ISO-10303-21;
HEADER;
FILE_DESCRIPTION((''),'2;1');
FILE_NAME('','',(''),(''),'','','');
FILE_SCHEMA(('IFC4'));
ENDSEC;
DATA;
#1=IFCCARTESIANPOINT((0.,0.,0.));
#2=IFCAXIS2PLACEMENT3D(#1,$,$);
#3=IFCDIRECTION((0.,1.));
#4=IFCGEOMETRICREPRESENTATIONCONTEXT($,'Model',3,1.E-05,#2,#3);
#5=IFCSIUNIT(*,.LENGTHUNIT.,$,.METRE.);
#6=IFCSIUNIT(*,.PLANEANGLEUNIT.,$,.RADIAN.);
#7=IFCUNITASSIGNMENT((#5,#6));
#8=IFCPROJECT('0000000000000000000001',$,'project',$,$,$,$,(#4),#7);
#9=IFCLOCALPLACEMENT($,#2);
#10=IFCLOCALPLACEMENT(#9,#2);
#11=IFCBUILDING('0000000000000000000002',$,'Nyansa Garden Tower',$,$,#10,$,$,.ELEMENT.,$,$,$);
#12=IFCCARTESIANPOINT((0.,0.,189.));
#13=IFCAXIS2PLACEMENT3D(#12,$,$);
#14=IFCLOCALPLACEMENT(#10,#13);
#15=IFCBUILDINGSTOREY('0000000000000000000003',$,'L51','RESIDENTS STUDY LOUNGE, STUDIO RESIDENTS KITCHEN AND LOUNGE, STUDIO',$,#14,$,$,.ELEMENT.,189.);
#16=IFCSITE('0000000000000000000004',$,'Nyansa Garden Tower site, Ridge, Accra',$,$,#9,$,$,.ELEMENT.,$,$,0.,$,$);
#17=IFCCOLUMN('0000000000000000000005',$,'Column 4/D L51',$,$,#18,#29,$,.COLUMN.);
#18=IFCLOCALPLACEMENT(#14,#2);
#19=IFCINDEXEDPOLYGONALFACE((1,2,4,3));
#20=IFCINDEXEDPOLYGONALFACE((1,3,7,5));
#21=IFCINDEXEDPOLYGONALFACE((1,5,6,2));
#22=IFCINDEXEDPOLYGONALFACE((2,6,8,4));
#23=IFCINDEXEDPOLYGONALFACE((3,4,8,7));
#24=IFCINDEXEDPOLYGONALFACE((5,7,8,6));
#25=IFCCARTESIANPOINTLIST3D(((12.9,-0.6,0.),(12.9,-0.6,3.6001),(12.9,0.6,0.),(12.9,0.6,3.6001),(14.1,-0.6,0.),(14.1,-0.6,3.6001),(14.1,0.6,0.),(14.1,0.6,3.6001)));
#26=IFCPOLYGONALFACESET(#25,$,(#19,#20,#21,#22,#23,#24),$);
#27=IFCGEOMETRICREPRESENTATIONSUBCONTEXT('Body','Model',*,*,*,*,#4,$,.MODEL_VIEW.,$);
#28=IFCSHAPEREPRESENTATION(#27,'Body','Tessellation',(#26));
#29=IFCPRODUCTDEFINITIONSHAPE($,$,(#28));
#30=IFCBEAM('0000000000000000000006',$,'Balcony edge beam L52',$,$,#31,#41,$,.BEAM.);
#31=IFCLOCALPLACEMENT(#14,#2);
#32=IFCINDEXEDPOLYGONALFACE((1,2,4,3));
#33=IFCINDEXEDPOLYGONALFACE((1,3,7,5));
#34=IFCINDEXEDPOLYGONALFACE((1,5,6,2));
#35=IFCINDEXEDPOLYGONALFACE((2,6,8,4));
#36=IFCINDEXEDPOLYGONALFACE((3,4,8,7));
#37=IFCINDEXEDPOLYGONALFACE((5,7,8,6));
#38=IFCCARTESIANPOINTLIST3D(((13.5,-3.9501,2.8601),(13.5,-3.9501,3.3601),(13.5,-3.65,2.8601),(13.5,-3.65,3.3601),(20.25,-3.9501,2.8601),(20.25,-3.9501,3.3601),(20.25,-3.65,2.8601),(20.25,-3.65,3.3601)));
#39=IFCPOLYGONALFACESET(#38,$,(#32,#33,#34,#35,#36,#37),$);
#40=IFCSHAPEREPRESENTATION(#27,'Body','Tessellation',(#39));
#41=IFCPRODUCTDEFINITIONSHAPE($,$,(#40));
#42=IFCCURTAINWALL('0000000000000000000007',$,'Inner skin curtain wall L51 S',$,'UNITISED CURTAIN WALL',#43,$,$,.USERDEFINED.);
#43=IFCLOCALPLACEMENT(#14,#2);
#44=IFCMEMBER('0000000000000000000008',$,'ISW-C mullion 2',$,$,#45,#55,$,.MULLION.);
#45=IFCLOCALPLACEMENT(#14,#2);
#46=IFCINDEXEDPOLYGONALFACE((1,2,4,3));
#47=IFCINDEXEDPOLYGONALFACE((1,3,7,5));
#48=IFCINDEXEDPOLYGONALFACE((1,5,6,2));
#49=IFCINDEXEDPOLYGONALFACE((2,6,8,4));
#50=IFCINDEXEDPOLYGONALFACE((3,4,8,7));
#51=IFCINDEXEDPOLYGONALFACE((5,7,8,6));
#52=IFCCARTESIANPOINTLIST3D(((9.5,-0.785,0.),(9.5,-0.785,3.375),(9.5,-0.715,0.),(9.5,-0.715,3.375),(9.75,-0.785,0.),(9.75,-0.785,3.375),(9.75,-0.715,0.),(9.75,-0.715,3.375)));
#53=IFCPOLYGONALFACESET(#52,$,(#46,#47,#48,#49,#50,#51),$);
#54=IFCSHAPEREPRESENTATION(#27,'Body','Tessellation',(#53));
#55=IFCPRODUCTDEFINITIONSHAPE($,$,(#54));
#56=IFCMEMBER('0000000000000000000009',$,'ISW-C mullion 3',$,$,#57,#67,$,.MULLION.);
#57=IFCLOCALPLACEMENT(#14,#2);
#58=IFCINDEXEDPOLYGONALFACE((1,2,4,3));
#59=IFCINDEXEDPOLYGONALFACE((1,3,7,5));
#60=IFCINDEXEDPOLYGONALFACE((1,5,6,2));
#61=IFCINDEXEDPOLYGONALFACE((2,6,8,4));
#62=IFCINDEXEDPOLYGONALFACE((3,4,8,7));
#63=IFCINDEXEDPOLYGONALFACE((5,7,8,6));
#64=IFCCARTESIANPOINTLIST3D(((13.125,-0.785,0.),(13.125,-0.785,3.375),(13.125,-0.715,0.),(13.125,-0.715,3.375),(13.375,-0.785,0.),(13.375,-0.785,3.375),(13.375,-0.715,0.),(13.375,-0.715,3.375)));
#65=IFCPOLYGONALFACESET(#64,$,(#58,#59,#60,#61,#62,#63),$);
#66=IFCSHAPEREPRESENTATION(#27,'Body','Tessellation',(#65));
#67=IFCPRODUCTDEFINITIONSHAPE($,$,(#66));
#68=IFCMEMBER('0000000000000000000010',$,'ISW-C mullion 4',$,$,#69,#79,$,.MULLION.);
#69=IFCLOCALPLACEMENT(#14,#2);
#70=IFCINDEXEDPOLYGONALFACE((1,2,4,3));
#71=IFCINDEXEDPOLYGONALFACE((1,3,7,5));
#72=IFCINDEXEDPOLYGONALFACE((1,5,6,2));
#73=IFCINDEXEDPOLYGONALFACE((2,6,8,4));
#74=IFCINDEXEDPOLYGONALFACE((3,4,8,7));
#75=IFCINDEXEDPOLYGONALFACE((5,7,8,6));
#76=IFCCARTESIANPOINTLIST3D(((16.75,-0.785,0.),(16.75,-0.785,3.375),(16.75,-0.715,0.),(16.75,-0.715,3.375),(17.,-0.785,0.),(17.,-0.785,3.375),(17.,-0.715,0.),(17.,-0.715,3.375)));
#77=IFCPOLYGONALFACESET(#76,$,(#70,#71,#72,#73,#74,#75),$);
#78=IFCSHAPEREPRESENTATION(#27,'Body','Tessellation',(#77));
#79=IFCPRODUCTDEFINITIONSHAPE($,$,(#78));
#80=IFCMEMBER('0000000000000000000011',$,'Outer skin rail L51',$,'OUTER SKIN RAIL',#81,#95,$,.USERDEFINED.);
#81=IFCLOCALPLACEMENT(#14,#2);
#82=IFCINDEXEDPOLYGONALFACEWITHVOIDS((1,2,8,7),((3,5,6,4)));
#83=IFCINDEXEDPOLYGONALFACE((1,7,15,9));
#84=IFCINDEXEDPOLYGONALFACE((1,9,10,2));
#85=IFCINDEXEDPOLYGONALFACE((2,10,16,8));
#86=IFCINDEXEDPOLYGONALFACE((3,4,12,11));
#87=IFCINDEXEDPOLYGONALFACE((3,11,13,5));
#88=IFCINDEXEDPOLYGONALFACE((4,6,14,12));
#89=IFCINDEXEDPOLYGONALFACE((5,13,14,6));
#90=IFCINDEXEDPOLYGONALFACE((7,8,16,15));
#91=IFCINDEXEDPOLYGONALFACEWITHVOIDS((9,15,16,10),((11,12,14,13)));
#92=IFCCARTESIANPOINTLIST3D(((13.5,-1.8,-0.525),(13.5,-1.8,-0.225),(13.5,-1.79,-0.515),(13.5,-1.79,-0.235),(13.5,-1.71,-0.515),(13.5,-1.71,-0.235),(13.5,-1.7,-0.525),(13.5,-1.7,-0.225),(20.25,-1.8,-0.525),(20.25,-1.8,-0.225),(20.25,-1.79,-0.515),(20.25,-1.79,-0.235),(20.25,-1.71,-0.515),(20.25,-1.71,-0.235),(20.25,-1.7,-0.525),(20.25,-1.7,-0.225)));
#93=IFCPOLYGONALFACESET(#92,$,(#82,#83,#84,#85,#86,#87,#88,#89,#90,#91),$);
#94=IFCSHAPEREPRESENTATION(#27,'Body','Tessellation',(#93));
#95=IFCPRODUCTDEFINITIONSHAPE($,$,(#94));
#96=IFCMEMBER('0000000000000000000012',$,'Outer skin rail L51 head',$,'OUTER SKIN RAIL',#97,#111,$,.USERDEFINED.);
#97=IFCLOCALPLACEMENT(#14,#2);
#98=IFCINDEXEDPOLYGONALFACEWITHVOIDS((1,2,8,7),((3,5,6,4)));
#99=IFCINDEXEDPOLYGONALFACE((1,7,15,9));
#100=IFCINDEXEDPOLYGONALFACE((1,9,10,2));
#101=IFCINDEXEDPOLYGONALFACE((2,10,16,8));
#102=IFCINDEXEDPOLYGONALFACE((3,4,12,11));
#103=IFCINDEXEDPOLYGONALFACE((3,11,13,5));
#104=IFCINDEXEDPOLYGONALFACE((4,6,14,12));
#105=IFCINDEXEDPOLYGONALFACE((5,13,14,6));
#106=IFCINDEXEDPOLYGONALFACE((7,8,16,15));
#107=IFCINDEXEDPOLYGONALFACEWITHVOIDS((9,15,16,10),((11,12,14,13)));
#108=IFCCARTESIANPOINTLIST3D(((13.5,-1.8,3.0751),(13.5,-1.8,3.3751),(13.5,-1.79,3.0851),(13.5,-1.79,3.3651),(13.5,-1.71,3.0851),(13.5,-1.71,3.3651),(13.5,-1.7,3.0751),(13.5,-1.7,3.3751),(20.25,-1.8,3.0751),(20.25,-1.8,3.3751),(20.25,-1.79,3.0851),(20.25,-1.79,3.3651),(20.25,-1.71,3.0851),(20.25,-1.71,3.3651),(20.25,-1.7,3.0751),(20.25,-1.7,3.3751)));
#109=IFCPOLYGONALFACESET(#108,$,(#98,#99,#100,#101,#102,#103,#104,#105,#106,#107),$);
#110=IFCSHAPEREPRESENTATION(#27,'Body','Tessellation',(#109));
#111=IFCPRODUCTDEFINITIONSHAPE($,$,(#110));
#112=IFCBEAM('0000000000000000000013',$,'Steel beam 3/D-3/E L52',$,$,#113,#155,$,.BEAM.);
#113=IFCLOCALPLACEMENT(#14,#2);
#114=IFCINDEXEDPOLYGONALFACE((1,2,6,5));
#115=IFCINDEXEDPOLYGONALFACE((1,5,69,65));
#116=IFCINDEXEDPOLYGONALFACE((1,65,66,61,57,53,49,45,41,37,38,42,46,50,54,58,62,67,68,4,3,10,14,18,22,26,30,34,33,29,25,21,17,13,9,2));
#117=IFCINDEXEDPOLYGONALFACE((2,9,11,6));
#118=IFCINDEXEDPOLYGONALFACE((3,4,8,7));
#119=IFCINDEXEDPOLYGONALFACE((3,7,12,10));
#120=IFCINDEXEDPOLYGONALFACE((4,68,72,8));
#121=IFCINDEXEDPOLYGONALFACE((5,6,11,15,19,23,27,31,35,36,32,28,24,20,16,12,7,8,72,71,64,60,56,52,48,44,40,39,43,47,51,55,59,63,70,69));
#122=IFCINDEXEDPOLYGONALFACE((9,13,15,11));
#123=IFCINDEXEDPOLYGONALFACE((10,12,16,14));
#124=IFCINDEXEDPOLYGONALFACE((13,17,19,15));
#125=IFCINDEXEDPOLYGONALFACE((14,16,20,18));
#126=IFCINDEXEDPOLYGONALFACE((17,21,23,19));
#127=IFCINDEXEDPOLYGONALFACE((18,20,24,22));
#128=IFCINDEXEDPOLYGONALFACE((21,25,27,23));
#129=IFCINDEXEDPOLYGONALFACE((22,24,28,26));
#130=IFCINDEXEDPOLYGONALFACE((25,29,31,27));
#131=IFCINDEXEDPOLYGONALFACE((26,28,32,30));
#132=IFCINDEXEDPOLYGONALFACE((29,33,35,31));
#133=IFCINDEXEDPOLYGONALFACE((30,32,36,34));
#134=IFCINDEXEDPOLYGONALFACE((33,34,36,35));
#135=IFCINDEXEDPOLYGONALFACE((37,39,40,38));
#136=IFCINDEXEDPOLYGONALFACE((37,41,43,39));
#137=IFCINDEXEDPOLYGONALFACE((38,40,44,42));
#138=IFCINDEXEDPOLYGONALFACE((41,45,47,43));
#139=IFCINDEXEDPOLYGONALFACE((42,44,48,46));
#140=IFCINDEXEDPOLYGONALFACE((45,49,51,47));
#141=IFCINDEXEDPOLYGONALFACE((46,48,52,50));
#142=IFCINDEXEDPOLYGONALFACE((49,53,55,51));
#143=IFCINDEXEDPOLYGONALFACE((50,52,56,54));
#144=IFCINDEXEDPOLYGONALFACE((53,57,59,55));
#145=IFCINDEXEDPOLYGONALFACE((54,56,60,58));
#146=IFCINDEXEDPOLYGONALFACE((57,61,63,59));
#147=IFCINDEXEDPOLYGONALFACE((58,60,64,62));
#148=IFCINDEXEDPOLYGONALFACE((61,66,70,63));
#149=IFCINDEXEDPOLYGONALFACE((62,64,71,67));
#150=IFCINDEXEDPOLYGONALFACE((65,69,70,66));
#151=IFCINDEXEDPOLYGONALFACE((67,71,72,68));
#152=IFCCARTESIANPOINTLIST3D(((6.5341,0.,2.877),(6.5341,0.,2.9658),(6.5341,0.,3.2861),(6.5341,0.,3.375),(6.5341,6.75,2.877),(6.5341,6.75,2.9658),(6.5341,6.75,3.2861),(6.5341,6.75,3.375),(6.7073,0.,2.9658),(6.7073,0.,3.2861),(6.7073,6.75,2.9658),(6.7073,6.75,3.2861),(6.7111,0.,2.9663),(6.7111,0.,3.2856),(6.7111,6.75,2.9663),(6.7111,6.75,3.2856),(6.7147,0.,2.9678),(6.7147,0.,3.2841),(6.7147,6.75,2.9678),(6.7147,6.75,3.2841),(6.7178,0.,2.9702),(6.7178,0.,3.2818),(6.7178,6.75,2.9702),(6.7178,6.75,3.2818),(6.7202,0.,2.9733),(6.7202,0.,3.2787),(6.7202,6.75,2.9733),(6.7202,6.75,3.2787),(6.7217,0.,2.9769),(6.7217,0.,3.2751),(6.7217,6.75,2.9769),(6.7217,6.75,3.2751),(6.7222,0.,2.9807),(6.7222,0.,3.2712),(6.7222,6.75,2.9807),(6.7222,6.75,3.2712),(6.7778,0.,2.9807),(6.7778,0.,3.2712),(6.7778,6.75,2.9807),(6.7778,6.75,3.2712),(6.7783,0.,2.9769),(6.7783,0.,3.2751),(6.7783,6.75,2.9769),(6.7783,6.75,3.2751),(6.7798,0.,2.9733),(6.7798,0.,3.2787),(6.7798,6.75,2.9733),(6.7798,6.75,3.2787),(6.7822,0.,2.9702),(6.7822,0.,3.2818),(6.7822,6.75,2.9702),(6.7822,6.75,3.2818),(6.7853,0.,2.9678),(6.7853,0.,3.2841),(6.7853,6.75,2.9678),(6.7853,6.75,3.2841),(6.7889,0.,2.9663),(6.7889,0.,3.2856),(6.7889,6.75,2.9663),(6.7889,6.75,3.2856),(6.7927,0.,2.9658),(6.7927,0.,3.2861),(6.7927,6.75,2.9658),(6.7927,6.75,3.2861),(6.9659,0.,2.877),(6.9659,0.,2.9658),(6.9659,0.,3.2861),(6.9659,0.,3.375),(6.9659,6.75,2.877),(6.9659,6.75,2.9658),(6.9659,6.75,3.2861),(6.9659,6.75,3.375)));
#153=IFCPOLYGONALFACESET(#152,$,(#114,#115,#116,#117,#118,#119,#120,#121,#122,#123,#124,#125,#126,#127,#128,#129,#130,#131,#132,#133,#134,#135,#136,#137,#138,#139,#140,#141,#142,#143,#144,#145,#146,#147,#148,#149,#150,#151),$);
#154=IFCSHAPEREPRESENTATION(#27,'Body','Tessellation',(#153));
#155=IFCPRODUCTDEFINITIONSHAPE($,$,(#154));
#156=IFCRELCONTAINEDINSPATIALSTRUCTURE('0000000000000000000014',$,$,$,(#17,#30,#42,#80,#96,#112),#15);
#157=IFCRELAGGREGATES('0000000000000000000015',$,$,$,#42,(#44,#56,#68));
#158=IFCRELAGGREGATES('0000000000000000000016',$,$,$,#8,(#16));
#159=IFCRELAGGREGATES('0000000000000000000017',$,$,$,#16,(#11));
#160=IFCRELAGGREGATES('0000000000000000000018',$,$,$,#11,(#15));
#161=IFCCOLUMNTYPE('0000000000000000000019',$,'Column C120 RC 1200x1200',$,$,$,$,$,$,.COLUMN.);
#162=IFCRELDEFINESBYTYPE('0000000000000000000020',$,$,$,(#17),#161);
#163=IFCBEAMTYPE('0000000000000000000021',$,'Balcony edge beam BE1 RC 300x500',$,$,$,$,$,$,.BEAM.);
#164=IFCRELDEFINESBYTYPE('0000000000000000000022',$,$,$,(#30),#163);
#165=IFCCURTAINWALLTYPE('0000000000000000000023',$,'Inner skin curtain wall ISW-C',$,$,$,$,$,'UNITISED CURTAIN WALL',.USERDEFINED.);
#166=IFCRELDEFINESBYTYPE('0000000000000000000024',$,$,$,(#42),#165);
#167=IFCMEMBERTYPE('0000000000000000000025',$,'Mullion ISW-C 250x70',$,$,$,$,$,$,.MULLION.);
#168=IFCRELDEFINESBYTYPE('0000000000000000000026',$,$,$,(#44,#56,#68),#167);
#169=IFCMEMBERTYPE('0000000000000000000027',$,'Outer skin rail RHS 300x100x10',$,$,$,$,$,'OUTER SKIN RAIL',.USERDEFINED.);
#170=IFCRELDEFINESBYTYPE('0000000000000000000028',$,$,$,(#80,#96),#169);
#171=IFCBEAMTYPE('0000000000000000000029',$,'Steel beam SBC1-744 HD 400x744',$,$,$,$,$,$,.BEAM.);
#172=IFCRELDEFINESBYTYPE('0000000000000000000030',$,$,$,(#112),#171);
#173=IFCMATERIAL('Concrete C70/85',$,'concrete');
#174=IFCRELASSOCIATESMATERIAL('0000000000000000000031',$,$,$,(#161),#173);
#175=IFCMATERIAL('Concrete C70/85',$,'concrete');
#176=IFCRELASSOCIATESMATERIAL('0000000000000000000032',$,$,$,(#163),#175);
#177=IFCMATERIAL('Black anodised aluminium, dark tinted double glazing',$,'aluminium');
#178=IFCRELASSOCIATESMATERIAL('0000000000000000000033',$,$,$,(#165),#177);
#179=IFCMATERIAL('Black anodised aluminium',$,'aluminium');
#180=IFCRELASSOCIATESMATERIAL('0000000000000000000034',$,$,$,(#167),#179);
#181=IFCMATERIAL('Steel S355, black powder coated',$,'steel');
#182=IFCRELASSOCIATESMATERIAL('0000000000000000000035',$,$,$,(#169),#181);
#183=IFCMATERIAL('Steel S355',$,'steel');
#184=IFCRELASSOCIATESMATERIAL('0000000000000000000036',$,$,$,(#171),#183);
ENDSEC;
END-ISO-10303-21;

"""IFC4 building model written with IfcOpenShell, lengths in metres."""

from ifc_helpers import new_model, si_unit, direction, frame, origin, origin_2d, place, context, subcontext, project, spatial, rectangle, hollow_rectangle, i_section, extrude, material, material_profile, profile_set, type_object, element, aggregate, save


model = new_model("IFC4")

# Units and contexts
model_context = context("Model", 3, precision=1e-05, world=origin(), true_north=direction((0.0, 1.0)))
body_context = subcontext(model_context, "Body", "Model", "MODEL_VIEW")
ifc_project = project(units=[si_unit("LENGTHUNIT", "METRE"), si_unit("PLANEANGLEUNIT", "RADIAN")], contexts=[model_context])

# Site, building, storey
site_placement = place(None, origin())
site = spatial("IfcSite", under=ifc_project, at=site_placement, Name="Nyansa Garden Tower site, Ridge, Accra", CompositionType="ELEMENT", RefElevation=0.0)
building_placement = place(site_placement, origin())
building = spatial("IfcBuilding", under=site, at=building_placement, Name="Nyansa Garden Tower", CompositionType="ELEMENT")
storey_placement = place(building_placement, frame((0.0, 0.0, 189.0)))
storey = spatial("IfcBuildingStorey", under=building, at=storey_placement, Name="L51", Description="RESIDENTS STUDY LOUNGE, STUDIO RESIDENTS KITCHEN AND LOUNGE, STUDIO", CompositionType="ELEMENT", Elevation=189.0)

# Column
ifc_material_1 = material(Name="Concrete C70/85", Category="concrete")
ifc_material_profile_1 = material_profile(ifc_material_1, rectangle(XDim=1.2, YDim=1.2, at=origin_2d()), Name="RC 1200x1200")
ifc_profile_set_1 = profile_set([ifc_material_profile_1], Name="Concrete C70/85")
column_type = type_object("IfcColumnType", Name="Column C120 RC 1200x1200", PredefinedType="COLUMN", material=ifc_profile_set_1)
column_placement = place(storey_placement, frame((13.5, 0.0, 0.0), z_axis=(0.0, 0.0, 1.0), x_axis=(1.0, 0.0, 0.0)))
element("IfcColumn", 1, at=column_placement, inside=storey, type_object=column_type, Name="Column 4/D L51", PredefinedType="COLUMN", context=body_context, shape_type="SweptSolid", body=[
    extrude(rectangle(XDim=1.2, YDim=1.2, at=origin_2d()), origin(), (0.0, 0.0, 1.0), 3.6001),
])

# Beam
ifc_material_2 = material(Name="Concrete C70/85", Category="concrete")
ifc_material_profile_2 = material_profile(ifc_material_2, rectangle(XDim=0.3, YDim=0.5, at=origin_2d()), Name="RC 300x500")
ifc_profile_set_2 = profile_set([ifc_material_profile_2], Name="Concrete C70/85")
beam_type_1 = type_object("IfcBeamType", Name="Balcony edge beam BE1 RC 300x500", PredefinedType="BEAM", material=ifc_profile_set_2)
beam_placement = place(storey_placement, frame((13.5, -3.8, 3.1101), z_axis=(1.0, 0.0, 0.0), x_axis=(0.0, 1.0, 0.0)))
element("IfcBeam", 2, at=beam_placement, inside=storey, type_object=beam_type_1, Name="Balcony edge beam L52", PredefinedType="BEAM", context=body_context, shape_type="SweptSolid", body=[
    extrude(rectangle(XDim=0.3, YDim=0.5, at=origin_2d()), origin(), (0.0, 0.0, 1.0), 6.75),
])

# Curtain wall, members
ifc_material_3 = material(Name="Black anodised aluminium, dark tinted double glazing", Category="aluminium")
curtain_wall_type = type_object("IfcCurtainWallType", Name="Inner skin curtain wall ISW-C", ElementType="UNITISED CURTAIN WALL", PredefinedType="USERDEFINED", material=ifc_material_3)
curtain_wall_placement = place(storey_placement, origin())
curtain_wall = element("IfcCurtainWall", 3, at=curtain_wall_placement, inside=storey, type_object=curtain_wall_type, Name="Inner skin curtain wall L51 S", ObjectType="UNITISED CURTAIN WALL", PredefinedType="USERDEFINED")
ifc_material_4 = material(Name="Black anodised aluminium", Category="aluminium")
ifc_material_profile_3 = material_profile(ifc_material_4, rectangle(XDim=0.0701, YDim=0.25, at=origin_2d()), Name="Mullion 250x70")
ifc_profile_set_3 = profile_set([ifc_material_profile_3], Name="Black anodised aluminium")
member_type_1 = type_object("IfcMemberType", Name="Mullion ISW-C 250x70", PredefinedType="MULLION", material=ifc_profile_set_3)
member_1_placement = place(storey_placement, frame((9.625, -0.75, 0.0), z_axis=(0.0, 0.0, 1.0), x_axis=(0.0, 1.0, 0.0)))
member_1 = element("IfcMember", 4, at=member_1_placement, type_object=member_type_1, Name="ISW-C mullion 2", PredefinedType="MULLION", context=body_context, shape_type="SweptSolid", body=[
    extrude(rectangle(XDim=0.0701, YDim=0.25, at=origin_2d()), origin(), (0.0, 0.0, 1.0), 3.375),
])
member_2_placement = place(storey_placement, frame((13.25, -0.75, 0.0), z_axis=(0.0, 0.0, 1.0), x_axis=(0.0, 1.0, 0.0)))
member_2 = element("IfcMember", 5, at=member_2_placement, type_object=member_type_1, Name="ISW-C mullion 3", PredefinedType="MULLION", context=body_context, shape_type="SweptSolid", body=[
    extrude(rectangle(XDim=0.0701, YDim=0.25, at=origin_2d()), origin(), (0.0, 0.0, 1.0), 3.375),
])
member_3_placement = place(storey_placement, frame((16.875, -0.75, 0.0), z_axis=(0.0, 0.0, 1.0), x_axis=(0.0, 1.0, 0.0)))
member_3 = element("IfcMember", 6, at=member_3_placement, type_object=member_type_1, Name="ISW-C mullion 4", PredefinedType="MULLION", context=body_context, shape_type="SweptSolid", body=[
    extrude(rectangle(XDim=0.0701, YDim=0.25, at=origin_2d()), origin(), (0.0, 0.0, 1.0), 3.375),
])

# Members
ifc_material_5 = material(Name="Steel S355, black powder coated", Category="steel")
ifc_material_profile_4 = material_profile(ifc_material_5, hollow_rectangle(XDim=0.1001, YDim=0.3, WallThickness=0.01, at=origin_2d()), Name="RHS 300x100x10")
ifc_profile_set_4 = profile_set([ifc_material_profile_4], Name="Steel S355, black powder coated")
member_type_2 = type_object("IfcMemberType", Name="Outer skin rail RHS 300x100x10", ElementType="OUTER SKIN RAIL", PredefinedType="USERDEFINED", material=ifc_profile_set_4)
for number, where, z_axis, x_axis, name in (
    (7, (13.5, -1.75, -0.375), (1.0, 0.0, 0.0), (0.0, 1.0, 0.0), "Outer skin rail L51"),
    (8, (13.5, -1.75, 3.2251), (1.0, 0.0, 0.0), (0.0, 1.0, 0.0), "Outer skin rail L51 head"),
):
    element("IfcMember", number, at=place(storey_placement, frame(where, z_axis=z_axis, x_axis=x_axis)), inside=storey, type_object=member_type_2, Name=name, ObjectType="OUTER SKIN RAIL", PredefinedType="USERDEFINED", context=body_context, shape_type="SweptSolid", body=[
        extrude(hollow_rectangle(XDim=0.1001, YDim=0.3, WallThickness=0.01, at=origin_2d()), origin(), (0.0, 0.0, 1.0), 6.75),
    ])

# Beam
ifc_material_6 = material(Name="Steel S355", Category="steel")
ifc_material_profile_5 = material_profile(ifc_material_6, i_section(OverallWidth=0.4319, OverallDepth=0.498, WebThickness=0.0557, FlangeThickness=0.0889, FilletRadius=0.0149, at=origin_2d()), Name="HD 400x744")
ifc_profile_set_5 = profile_set([ifc_material_profile_5], Name="Steel S355")
beam_type_2 = type_object("IfcBeamType", Name="Steel beam SBC1-744 HD 400x744", PredefinedType="BEAM", material=ifc_profile_set_5)
for number, where, z_axis, x_axis, name in (
    (9, (6.75, 0.0, 3.126), (0.0, 1.0, 0.0), (-1.0, 0.0, 0.0), "Steel beam 3/D-3/E L52"),
):
    element("IfcBeam", number, at=place(storey_placement, frame(where, z_axis=z_axis, x_axis=x_axis)), inside=storey, type_object=beam_type_2, Name=name, PredefinedType="BEAM", context=body_context, shape_type="SweptSolid", body=[
        extrude(i_section(OverallWidth=0.4319, OverallDepth=0.498, WebThickness=0.0557, FlangeThickness=0.0889, FilletRadius=0.0149, at=origin_2d()), origin(), (0.0, 0.0, 1.0), 6.75),
    ])

aggregate(curtain_wall, [member_1, member_2, member_3])

save(model, "model.ifc")
